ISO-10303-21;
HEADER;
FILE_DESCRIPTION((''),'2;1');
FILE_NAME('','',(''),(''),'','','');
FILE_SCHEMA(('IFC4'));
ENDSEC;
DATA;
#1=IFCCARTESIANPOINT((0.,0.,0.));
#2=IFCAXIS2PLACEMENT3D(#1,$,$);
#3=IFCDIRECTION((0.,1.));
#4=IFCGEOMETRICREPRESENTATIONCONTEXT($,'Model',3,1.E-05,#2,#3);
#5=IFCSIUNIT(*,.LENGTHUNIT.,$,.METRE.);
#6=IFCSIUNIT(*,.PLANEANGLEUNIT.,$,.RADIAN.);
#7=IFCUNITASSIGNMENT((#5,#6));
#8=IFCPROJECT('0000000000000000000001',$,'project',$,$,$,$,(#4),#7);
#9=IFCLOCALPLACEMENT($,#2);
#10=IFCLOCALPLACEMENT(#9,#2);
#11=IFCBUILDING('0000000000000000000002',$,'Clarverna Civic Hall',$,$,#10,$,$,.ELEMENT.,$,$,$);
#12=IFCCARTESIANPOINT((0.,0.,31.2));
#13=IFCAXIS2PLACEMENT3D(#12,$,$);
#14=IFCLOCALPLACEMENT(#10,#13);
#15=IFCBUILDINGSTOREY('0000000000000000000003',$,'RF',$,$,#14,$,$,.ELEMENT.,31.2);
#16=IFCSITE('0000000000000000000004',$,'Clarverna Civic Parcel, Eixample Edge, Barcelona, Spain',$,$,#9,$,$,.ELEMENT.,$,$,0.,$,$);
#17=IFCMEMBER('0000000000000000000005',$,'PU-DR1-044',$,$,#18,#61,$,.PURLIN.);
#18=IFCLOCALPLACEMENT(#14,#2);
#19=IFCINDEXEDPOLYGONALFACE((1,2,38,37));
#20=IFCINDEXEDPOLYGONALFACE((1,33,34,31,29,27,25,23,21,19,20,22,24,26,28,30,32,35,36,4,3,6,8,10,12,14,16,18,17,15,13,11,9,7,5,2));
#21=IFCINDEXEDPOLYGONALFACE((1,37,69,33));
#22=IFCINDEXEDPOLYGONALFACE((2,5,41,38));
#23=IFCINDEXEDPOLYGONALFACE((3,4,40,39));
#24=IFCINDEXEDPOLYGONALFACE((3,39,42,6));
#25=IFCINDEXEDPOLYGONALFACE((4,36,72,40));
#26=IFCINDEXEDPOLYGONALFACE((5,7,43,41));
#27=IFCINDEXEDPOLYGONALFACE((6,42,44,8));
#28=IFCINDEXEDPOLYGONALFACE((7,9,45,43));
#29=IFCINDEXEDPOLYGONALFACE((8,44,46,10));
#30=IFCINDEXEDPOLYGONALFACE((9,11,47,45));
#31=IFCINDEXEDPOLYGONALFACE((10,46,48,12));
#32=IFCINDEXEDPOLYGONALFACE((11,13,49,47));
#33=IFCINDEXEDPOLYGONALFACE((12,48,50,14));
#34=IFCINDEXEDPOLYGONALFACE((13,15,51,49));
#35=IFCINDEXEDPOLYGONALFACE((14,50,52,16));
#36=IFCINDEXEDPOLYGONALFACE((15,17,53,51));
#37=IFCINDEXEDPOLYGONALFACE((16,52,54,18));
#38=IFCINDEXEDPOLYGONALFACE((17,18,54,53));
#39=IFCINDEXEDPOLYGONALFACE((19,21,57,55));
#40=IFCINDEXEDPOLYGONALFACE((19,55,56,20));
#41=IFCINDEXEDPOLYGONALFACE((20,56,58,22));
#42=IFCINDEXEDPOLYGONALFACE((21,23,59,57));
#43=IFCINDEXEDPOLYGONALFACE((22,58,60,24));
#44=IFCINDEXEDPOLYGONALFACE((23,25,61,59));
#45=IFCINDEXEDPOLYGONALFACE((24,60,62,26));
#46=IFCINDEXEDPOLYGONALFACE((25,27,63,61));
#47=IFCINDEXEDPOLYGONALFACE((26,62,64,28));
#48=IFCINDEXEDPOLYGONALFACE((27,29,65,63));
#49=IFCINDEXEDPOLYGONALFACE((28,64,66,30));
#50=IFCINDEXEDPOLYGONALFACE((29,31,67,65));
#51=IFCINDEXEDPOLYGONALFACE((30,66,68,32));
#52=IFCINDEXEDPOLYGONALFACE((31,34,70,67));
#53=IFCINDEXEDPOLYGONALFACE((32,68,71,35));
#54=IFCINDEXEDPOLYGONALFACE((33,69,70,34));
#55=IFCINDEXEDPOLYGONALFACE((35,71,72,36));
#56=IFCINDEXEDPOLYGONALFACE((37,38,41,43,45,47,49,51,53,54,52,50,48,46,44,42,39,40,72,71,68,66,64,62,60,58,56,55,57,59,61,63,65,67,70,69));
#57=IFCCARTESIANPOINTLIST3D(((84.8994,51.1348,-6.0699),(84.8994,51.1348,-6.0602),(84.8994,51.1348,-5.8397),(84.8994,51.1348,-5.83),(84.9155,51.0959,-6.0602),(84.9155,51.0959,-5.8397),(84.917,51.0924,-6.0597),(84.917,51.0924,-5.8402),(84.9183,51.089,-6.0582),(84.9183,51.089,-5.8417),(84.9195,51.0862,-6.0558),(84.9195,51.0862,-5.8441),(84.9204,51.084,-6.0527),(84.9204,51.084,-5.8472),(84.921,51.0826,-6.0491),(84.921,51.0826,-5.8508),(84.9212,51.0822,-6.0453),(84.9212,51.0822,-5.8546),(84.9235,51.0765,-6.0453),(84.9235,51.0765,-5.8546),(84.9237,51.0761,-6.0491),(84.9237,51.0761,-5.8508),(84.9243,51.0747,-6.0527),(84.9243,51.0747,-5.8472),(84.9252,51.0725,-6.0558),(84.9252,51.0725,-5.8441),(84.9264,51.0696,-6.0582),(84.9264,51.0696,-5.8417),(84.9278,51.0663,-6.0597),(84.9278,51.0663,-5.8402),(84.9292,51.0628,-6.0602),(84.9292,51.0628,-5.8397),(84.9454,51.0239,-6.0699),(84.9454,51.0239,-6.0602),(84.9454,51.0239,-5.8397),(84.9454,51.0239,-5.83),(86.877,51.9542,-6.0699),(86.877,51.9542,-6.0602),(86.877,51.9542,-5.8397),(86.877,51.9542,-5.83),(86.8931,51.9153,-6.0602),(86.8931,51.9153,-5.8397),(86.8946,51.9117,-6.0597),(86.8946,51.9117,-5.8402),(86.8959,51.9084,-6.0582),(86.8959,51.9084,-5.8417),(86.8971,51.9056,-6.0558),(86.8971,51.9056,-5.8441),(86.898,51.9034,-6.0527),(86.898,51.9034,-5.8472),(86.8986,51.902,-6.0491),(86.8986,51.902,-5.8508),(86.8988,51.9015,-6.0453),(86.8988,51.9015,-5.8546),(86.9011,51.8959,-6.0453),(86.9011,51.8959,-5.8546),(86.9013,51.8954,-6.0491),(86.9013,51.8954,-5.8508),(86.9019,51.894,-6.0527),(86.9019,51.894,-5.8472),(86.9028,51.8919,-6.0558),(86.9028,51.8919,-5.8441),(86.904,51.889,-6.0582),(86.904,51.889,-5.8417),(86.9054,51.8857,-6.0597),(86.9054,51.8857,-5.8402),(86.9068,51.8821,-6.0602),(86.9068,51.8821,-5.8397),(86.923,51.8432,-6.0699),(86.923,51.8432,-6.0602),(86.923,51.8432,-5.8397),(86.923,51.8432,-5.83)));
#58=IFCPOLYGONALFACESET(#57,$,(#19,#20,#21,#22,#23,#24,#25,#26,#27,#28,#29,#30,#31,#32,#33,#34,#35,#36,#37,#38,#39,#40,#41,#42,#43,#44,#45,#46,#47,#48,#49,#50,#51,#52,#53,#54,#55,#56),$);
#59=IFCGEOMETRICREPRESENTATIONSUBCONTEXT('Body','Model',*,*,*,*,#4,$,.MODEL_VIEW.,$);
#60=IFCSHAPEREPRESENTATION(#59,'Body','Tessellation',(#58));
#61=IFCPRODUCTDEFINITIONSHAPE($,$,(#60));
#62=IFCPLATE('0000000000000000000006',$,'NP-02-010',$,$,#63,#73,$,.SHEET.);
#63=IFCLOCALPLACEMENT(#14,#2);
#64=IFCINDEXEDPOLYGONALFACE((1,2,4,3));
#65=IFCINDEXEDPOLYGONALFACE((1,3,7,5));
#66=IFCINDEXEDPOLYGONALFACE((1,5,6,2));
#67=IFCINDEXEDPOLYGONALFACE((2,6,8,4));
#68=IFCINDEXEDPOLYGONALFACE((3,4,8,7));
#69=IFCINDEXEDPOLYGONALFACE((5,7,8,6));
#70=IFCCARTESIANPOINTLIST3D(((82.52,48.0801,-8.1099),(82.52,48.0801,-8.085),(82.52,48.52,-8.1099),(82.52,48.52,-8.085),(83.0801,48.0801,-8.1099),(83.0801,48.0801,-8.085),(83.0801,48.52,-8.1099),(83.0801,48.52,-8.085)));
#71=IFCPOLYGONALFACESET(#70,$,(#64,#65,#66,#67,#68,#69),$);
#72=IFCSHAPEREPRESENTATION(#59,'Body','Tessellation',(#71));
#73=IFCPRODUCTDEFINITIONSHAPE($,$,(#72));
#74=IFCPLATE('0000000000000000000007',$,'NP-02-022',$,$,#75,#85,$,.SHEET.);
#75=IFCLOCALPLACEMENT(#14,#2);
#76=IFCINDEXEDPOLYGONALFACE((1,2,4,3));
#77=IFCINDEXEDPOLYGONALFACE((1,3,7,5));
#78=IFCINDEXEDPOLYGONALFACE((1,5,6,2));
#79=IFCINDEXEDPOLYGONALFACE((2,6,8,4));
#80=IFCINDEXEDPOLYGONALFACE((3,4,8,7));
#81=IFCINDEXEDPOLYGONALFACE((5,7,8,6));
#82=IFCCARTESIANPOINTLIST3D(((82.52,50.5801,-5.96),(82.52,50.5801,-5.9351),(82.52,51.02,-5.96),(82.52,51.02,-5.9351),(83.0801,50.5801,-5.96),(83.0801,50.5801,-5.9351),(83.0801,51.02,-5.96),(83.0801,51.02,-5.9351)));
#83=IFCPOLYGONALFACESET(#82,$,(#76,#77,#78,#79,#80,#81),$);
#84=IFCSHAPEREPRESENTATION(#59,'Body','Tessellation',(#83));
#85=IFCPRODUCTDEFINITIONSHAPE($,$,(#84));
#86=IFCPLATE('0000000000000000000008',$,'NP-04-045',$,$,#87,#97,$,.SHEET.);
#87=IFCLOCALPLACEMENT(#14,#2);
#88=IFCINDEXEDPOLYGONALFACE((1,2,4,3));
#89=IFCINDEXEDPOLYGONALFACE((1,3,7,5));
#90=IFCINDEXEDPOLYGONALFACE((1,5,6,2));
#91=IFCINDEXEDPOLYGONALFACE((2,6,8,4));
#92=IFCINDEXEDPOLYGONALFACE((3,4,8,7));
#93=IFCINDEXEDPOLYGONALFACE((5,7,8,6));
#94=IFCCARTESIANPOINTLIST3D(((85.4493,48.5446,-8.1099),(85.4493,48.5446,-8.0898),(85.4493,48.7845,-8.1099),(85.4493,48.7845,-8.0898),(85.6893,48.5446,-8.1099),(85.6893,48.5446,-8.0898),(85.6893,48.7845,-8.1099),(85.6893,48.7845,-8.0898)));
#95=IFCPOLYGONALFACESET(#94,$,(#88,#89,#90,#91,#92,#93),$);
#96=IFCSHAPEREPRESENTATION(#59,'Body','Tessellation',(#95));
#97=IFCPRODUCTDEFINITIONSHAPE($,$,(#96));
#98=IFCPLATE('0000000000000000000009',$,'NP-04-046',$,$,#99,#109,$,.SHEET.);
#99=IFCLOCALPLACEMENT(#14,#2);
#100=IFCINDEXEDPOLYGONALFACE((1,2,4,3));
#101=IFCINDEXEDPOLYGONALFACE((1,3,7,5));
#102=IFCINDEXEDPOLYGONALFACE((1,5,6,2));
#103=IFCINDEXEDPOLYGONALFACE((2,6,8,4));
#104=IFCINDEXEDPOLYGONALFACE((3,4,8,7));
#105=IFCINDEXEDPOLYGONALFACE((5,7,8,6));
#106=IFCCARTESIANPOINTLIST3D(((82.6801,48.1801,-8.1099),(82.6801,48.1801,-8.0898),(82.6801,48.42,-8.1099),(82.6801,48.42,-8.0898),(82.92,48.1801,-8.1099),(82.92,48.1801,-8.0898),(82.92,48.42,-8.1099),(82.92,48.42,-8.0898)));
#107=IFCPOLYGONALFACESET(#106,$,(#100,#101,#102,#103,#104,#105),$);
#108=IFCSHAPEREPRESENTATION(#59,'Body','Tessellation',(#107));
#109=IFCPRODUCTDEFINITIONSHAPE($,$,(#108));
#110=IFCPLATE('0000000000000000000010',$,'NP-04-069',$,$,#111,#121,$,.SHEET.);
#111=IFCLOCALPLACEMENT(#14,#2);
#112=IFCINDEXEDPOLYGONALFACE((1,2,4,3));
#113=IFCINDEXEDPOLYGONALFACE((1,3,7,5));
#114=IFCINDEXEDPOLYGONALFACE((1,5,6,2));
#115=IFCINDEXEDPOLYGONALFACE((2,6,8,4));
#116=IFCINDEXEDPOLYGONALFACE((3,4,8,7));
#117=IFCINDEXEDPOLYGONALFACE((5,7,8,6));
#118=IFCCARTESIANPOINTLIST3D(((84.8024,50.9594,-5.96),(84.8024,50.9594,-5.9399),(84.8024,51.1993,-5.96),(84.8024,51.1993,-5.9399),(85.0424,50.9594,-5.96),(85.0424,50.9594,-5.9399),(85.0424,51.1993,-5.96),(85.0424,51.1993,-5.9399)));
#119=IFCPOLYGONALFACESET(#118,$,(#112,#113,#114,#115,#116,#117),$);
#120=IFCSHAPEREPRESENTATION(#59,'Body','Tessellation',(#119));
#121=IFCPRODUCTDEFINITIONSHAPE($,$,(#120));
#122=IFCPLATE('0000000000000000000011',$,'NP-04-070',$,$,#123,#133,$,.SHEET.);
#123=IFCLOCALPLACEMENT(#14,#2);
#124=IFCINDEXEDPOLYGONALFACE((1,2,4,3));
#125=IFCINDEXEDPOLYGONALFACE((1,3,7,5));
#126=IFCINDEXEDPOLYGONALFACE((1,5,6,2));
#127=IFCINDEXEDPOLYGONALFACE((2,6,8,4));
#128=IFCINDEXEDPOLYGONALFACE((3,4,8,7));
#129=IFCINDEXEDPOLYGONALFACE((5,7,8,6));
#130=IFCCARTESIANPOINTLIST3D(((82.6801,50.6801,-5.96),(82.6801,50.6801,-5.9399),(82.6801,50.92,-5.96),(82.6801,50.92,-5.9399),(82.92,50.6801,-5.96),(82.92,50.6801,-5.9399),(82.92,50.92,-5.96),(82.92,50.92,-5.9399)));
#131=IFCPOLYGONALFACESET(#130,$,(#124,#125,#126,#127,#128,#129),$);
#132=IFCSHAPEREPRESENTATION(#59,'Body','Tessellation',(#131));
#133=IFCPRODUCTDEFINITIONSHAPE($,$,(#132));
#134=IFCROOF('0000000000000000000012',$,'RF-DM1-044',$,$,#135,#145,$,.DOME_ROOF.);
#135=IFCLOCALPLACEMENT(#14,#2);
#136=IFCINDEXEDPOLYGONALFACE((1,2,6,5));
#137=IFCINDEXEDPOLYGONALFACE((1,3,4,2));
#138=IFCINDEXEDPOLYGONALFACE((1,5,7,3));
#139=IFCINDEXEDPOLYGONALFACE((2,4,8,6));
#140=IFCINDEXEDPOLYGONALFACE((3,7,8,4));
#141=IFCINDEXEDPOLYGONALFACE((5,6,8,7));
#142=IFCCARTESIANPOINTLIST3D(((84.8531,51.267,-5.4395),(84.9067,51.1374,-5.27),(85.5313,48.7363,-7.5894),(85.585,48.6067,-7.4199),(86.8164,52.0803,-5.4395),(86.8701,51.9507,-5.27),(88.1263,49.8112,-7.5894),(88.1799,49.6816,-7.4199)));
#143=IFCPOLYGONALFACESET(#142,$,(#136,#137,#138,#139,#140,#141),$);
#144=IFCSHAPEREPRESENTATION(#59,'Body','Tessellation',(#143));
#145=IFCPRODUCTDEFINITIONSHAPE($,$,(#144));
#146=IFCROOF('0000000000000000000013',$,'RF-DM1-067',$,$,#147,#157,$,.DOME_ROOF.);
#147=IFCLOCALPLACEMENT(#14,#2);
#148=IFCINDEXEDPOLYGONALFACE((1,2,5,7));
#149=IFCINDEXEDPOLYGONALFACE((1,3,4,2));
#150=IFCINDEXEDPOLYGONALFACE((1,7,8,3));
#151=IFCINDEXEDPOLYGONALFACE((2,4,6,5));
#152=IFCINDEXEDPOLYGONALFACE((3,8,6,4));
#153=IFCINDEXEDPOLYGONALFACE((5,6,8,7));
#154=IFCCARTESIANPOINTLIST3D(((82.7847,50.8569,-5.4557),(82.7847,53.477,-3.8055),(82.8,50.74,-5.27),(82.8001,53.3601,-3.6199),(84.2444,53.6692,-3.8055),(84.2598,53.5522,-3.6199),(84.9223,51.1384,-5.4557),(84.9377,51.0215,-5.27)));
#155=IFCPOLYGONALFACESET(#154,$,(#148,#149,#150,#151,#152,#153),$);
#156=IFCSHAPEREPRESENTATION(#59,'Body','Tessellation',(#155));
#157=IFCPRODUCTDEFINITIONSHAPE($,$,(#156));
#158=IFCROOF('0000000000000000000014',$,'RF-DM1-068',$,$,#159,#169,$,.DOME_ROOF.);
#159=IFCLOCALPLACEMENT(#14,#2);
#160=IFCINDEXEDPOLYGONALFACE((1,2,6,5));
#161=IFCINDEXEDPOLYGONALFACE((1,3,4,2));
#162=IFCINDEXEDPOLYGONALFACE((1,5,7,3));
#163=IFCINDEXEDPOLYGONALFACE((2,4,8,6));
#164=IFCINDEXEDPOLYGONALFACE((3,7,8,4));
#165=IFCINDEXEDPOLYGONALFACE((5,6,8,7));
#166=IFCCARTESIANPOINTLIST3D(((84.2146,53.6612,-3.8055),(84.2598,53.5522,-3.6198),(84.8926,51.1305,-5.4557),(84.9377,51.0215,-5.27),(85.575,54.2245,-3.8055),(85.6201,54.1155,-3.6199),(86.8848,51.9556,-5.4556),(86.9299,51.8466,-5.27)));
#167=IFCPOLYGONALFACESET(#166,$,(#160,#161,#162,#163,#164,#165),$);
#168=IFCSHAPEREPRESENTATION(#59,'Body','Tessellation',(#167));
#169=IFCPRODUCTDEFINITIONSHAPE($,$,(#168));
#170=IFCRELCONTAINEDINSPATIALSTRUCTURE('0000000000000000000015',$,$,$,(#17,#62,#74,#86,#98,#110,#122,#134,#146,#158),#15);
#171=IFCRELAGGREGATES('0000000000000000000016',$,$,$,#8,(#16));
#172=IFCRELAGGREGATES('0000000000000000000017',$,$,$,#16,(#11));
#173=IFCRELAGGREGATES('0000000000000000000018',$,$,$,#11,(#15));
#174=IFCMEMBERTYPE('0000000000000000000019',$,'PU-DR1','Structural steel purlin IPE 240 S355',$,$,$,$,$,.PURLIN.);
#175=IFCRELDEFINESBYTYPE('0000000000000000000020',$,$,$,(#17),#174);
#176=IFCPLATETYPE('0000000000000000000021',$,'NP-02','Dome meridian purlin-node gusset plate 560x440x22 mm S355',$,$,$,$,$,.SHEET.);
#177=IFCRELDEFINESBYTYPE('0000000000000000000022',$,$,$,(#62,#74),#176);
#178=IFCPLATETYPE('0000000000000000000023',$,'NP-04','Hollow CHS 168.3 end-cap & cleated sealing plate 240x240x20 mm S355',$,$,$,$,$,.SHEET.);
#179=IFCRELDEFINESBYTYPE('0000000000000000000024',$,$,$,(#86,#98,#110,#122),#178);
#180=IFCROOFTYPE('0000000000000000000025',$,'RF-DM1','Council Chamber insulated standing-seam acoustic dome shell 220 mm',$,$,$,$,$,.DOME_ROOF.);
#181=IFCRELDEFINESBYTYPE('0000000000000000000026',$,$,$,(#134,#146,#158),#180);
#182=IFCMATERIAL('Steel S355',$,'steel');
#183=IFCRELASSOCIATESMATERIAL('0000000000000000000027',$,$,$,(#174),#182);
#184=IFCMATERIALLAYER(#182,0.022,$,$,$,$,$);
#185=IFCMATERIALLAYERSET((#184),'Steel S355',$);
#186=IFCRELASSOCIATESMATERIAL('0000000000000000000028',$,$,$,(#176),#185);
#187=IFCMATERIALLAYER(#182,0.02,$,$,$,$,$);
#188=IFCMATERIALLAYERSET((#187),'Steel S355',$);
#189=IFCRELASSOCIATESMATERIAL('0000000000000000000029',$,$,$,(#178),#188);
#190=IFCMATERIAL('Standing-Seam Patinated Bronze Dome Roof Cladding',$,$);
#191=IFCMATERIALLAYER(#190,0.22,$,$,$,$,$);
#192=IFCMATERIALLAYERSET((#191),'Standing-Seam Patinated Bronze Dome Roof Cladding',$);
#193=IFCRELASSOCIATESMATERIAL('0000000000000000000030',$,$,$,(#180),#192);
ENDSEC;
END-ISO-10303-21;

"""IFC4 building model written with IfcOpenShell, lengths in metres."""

from ifc_helpers import new_model, si_unit, direction, frame, origin, origin_2d, place, context, subcontext, project, spatial, polyline, rectangle, i_section, outline, extrude, material, layer, layer_set, material_profile, profile_set, type_object, element, save


model = new_model("IFC4")

# Units and contexts
model_context = context("Model", 3, precision=1e-05, world=origin(), true_north=direction((0.0, 1.0)))
body_context = subcontext(model_context, "Body", "Model", "MODEL_VIEW")
ifc_project = project(units=[si_unit("LENGTHUNIT", "METRE"), si_unit("PLANEANGLEUNIT", "RADIAN")], contexts=[model_context])

# Site, building, storey
site_placement = place(None, origin())
site = spatial("IfcSite", under=ifc_project, at=site_placement, Name="Clarverna Civic Parcel, Eixample Edge, Barcelona, Spain", CompositionType="ELEMENT", RefElevation=0.0)
building_placement = place(site_placement, origin())
building = spatial("IfcBuilding", under=site, at=building_placement, Name="Clarverna Civic Hall", CompositionType="ELEMENT")
storey_placement = place(building_placement, frame((0.0, 0.0, 31.2)))
storey = spatial("IfcBuildingStorey", under=building, at=storey_placement, Name="RF", CompositionType="ELEMENT", Elevation=31.2)

# Member
ifc_material_1 = material(Name="Steel S355", Category="steel")
ifc_material_profile_1 = material_profile(ifc_material_1, i_section(OverallWidth=0.1201, OverallDepth=0.24, WebThickness=0.0061, FlangeThickness=0.0098, FilletRadius=0.0149, at=origin_2d()), Name="IPE 240")
ifc_profile_set_1 = profile_set([ifc_material_profile_1], Name="Steel S355")
member_type_1 = type_object("IfcMemberType", Name="PU-DR1", Description="Structural steel purlin IPE 240 S355", PredefinedType="PURLIN", material=ifc_profile_set_1)
for number, where, z_axis, x_axis, name in (
    (1, (84.9224, 51.0793, -5.95), (0.923844, 0.382768, 0.0), (-0.382768, 0.923844, 0.0), "PU-DR1-044"),
):
    element("IfcMember", number, at=place(storey_placement, frame(where, z_axis=z_axis, x_axis=x_axis)), inside=storey, type_object=member_type_1, Name=name, PredefinedType="PURLIN", context=body_context, shape_type="SweptSolid", body=[
        extrude(i_section(OverallWidth=0.1201, OverallDepth=0.24, WebThickness=0.0061, FlangeThickness=0.0098, FilletRadius=0.0149, at=origin_2d()), origin(), (0.0, 0.0, 1.0), 2.1406),
    ])

# Plates
ifc_layer_1 = layer(ifc_material_1, 0.022)
ifc_layer_set_1 = layer_set([ifc_layer_1], Name="Steel S355")
plate_type_1 = type_object("IfcPlateType", Name="NP-02", Description="Dome meridian purlin-node gusset plate 560x440x22 mm S355", PredefinedType="SHEET", material=ifc_layer_set_1)
for number, where, z_axis, x_axis, name in (
    (2, (82.8, 48.3, -8.1099), (0.0, 0.0, 1.0), (1.0, 0.0, 0.0), "NP-02-010"),
    (3, (82.8, 50.8, -5.96), (0.0, 0.0, 1.0), (1.0, 0.0, 0.0), "NP-02-022"),
):
    element("IfcPlate", number, at=place(storey_placement, frame(where, z_axis=z_axis, x_axis=x_axis)), inside=storey, type_object=plate_type_1, Name=name, PredefinedType="SHEET", context=body_context, shape_type="SweptSolid", body=[
        extrude(rectangle(XDim=0.5601, YDim=0.4399, at=origin_2d()), origin(), (0.0, 0.0, 1.0), 0.0249),
    ])
ifc_layer_2 = layer(ifc_material_1, 0.02)
ifc_layer_set_2 = layer_set([ifc_layer_2], Name="Steel S355")
plate_type_2 = type_object("IfcPlateType", Name="NP-04", Description="Hollow CHS 168.3 end-cap & cleated sealing plate 240x240x20 mm S355", PredefinedType="SHEET", material=ifc_layer_set_2)
for number, where, z_axis, x_axis, name in (
    (4, (85.5693, 48.6646, -8.1099), (0.0, 0.0, 1.0), (1.0, 0.0, 0.0), "NP-04-045"),
    (5, (82.8, 48.3, -8.1099), (0.0, 0.0, 1.0), (1.0, 0.0, 0.0), "NP-04-046"),
    (6, (84.9224, 51.0793, -5.96), (0.0, 0.0, 1.0), (1.0, 0.0, 0.0), "NP-04-069"),
    (7, (82.8, 50.8, -5.96), (0.0, 0.0, 1.0), (1.0, 0.0, 0.0), "NP-04-070"),
):
    element("IfcPlate", number, at=place(storey_placement, frame(where, z_axis=z_axis, x_axis=x_axis)), inside=storey, type_object=plate_type_2, Name=name, PredefinedType="SHEET", context=body_context, shape_type="SweptSolid", body=[
        extrude(rectangle(XDim=0.24, YDim=0.24, at=origin_2d()), origin(), (0.0, 0.0, 1.0), 0.02),
    ])

# Roofs
ifc_material_2 = material(Name="Standing-Seam Patinated Bronze Dome Roof Cladding")
ifc_layer_3 = layer(ifc_material_2, 0.22)
ifc_layer_set_3 = layer_set([ifc_layer_3], Name="Standing-Seam Patinated Bronze Dome Roof Cladding")
roof_type = type_object("IfcRoofType", Name="RF-DM1", Description="Council Chamber insulated standing-seam acoustic dome shell 220 mm", PredefinedType="DOME_ROOF", material=ifc_layer_set_3)
roof_1_placement = place(storey_placement, frame((85.585, 48.6067, -7.4199), z_axis=(0.244003, -0.589058, 0.770372), x_axis=(0.923872, 0.382701, 0.000008)))
element("IfcRoof", 8, at=roof_1_placement, inside=storey, type_object=roof_type, Name="RF-DM1-044", PredefinedType="DOME_ROOF", context=body_context, shape_type="SweptSolid", body=[
    extrude(outline(polyline([(0.0, 0.0), (2.8088, 0.0), (2.4671, 3.3719), (0.342, 3.3719), (0.0, 0.0)])), origin(), (0.0, 0.0, -1.0), 0.22),
])
roof_2_placement = place(storey_placement, frame((82.8, 50.74, -5.27), z_axis=(0.069992, -0.531616, 0.844089), x_axis=(0.991442, 0.130548, 0.00001)))
element("IfcRoof", 9, at=roof_2_placement, inside=storey, type_object=roof_type, Name="RF-DM1-067", PredefinedType="DOME_ROOF", context=body_context, shape_type="SweptSolid", body=[
    extrude(outline(polyline([(0.0, 0.0), (2.1561, 0.0), (1.8144, 3.0774), (0.3421, 3.0775), (0.0, 0.0)])), origin(), (0.0, 0.0, -1.0), 0.22),
])
roof_3_placement = place(storey_placement, frame((84.9377, 51.0215, -5.27), z_axis=(0.205177, -0.495427, 0.84407), x_axis=(0.923886, 0.382668, 0.000028)))
element("IfcRoof", 10, at=roof_3_placement, inside=storey, type_object=roof_type, Name="RF-DM1-068", PredefinedType="DOME_ROOF", context=body_context, shape_type="SweptSolid", body=[
    extrude(outline(polyline([(0.0, 0.0), (2.1563, 0.0), (1.8145, 3.0772), (0.3421, 3.0774), (0.0, 0.0)])), origin(), (0.0, 0.0, -1.0), 0.22),
])

save(model, "model.ifc")
